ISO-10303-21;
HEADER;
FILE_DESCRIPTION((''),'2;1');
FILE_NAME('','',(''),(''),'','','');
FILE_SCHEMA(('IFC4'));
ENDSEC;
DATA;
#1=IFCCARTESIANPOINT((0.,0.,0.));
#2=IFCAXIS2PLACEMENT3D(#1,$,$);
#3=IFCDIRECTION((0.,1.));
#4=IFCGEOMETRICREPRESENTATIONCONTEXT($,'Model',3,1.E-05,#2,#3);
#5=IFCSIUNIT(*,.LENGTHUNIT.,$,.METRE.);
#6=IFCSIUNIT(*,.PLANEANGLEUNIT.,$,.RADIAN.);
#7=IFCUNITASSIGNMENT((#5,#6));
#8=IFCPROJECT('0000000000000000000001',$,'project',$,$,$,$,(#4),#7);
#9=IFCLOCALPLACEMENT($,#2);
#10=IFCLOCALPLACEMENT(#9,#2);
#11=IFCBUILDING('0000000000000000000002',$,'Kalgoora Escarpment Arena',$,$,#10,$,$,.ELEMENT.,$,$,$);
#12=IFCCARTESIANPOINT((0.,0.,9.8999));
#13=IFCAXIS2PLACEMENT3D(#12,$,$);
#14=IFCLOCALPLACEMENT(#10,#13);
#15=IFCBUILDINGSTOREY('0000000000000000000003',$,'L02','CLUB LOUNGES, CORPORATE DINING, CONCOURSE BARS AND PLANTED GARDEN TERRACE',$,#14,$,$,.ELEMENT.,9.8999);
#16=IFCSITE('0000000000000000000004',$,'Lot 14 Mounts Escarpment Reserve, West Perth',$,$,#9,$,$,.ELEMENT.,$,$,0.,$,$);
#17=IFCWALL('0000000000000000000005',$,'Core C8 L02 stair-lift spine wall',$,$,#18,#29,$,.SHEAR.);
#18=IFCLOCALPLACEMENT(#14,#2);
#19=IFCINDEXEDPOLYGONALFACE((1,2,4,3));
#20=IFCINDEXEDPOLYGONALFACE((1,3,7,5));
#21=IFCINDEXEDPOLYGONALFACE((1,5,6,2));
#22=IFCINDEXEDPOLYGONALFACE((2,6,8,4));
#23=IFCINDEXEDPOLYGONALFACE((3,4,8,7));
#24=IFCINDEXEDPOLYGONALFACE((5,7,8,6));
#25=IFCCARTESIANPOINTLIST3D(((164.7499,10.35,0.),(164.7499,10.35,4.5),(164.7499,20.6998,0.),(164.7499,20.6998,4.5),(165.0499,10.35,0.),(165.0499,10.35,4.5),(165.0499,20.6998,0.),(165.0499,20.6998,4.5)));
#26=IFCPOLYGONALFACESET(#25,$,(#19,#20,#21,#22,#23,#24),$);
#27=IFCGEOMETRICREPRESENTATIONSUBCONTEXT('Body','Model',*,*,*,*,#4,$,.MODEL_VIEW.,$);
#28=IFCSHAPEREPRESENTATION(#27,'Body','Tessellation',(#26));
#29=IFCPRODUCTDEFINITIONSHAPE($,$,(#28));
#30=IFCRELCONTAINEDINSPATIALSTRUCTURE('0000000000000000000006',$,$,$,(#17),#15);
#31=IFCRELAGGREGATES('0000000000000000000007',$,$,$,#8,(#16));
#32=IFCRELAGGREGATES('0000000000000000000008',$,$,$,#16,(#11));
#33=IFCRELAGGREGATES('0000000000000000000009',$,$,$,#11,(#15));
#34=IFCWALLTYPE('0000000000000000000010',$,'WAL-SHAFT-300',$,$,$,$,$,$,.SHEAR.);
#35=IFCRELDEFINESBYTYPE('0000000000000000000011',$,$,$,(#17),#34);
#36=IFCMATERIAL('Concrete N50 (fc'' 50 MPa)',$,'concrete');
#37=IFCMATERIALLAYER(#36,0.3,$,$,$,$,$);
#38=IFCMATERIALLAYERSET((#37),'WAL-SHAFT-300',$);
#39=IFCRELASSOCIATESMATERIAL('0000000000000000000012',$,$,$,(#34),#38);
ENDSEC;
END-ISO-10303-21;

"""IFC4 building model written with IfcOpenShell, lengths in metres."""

from ifc_helpers import new_model, si_unit, direction, frame, frame_2d, origin, place, context, subcontext, project, spatial, rectangle, extrude, material, layer, layer_set, type_object, element, save


model = new_model("IFC4")

# Units and contexts
model_context = context("Model", 3, precision=1e-05, world=origin(), true_north=direction((0.0, 1.0)))
body_context = subcontext(model_context, "Body", "Model", "MODEL_VIEW")
ifc_project = project(units=[si_unit("LENGTHUNIT", "METRE"), si_unit("PLANEANGLEUNIT", "RADIAN")], contexts=[model_context])

# Site, building, storey
site_placement = place(None, origin())
site = spatial("IfcSite", under=ifc_project, at=site_placement, Name="Lot 14 Mounts Escarpment Reserve, West Perth", CompositionType="ELEMENT", RefElevation=0.0)
building_placement = place(site_placement, origin())
building = spatial("IfcBuilding", under=site, at=building_placement, Name="Kalgoora Escarpment Arena", CompositionType="ELEMENT")
storey_placement = place(building_placement, frame((0.0, 0.0, 9.8999)))
storey = spatial("IfcBuildingStorey", under=building, at=storey_placement, Name="L02", Description="CLUB LOUNGES, CORPORATE DINING, CONCOURSE BARS AND PLANTED GARDEN TERRACE", CompositionType="ELEMENT", Elevation=9.8999)

# Wall
ifc_material_1 = material(Name="Concrete N50 (fc' 50 MPa)", Category="concrete")
ifc_layer_1 = layer(ifc_material_1, 0.3)
ifc_layer_set_1 = layer_set([ifc_layer_1], Name="WAL-SHAFT-300")
wall_type_1 = type_object("IfcWallType", Name="WAL-SHAFT-300", PredefinedType="SHEAR", material=ifc_layer_set_1)
wall_1_placement = place(storey_placement, frame((164.8999, 10.3501, 0.0), z_axis=(0.0, 0.0, 1.0), x_axis=(0.0, 1.0, 0.0)))
element("IfcWall", 1, at=wall_1_placement, inside=storey, type_object=wall_type_1, Name="Core C8 L02 stair-lift spine wall", PredefinedType="SHEAR", context=body_context, shape_type="SweptSolid", body=[
    extrude(rectangle(XDim=10.3499, YDim=0.3, at=frame_2d((5.1748, 0.0))), origin(), (0.0, 0.0, 1.0), 4.5),
])

save(model, "model.ifc")
